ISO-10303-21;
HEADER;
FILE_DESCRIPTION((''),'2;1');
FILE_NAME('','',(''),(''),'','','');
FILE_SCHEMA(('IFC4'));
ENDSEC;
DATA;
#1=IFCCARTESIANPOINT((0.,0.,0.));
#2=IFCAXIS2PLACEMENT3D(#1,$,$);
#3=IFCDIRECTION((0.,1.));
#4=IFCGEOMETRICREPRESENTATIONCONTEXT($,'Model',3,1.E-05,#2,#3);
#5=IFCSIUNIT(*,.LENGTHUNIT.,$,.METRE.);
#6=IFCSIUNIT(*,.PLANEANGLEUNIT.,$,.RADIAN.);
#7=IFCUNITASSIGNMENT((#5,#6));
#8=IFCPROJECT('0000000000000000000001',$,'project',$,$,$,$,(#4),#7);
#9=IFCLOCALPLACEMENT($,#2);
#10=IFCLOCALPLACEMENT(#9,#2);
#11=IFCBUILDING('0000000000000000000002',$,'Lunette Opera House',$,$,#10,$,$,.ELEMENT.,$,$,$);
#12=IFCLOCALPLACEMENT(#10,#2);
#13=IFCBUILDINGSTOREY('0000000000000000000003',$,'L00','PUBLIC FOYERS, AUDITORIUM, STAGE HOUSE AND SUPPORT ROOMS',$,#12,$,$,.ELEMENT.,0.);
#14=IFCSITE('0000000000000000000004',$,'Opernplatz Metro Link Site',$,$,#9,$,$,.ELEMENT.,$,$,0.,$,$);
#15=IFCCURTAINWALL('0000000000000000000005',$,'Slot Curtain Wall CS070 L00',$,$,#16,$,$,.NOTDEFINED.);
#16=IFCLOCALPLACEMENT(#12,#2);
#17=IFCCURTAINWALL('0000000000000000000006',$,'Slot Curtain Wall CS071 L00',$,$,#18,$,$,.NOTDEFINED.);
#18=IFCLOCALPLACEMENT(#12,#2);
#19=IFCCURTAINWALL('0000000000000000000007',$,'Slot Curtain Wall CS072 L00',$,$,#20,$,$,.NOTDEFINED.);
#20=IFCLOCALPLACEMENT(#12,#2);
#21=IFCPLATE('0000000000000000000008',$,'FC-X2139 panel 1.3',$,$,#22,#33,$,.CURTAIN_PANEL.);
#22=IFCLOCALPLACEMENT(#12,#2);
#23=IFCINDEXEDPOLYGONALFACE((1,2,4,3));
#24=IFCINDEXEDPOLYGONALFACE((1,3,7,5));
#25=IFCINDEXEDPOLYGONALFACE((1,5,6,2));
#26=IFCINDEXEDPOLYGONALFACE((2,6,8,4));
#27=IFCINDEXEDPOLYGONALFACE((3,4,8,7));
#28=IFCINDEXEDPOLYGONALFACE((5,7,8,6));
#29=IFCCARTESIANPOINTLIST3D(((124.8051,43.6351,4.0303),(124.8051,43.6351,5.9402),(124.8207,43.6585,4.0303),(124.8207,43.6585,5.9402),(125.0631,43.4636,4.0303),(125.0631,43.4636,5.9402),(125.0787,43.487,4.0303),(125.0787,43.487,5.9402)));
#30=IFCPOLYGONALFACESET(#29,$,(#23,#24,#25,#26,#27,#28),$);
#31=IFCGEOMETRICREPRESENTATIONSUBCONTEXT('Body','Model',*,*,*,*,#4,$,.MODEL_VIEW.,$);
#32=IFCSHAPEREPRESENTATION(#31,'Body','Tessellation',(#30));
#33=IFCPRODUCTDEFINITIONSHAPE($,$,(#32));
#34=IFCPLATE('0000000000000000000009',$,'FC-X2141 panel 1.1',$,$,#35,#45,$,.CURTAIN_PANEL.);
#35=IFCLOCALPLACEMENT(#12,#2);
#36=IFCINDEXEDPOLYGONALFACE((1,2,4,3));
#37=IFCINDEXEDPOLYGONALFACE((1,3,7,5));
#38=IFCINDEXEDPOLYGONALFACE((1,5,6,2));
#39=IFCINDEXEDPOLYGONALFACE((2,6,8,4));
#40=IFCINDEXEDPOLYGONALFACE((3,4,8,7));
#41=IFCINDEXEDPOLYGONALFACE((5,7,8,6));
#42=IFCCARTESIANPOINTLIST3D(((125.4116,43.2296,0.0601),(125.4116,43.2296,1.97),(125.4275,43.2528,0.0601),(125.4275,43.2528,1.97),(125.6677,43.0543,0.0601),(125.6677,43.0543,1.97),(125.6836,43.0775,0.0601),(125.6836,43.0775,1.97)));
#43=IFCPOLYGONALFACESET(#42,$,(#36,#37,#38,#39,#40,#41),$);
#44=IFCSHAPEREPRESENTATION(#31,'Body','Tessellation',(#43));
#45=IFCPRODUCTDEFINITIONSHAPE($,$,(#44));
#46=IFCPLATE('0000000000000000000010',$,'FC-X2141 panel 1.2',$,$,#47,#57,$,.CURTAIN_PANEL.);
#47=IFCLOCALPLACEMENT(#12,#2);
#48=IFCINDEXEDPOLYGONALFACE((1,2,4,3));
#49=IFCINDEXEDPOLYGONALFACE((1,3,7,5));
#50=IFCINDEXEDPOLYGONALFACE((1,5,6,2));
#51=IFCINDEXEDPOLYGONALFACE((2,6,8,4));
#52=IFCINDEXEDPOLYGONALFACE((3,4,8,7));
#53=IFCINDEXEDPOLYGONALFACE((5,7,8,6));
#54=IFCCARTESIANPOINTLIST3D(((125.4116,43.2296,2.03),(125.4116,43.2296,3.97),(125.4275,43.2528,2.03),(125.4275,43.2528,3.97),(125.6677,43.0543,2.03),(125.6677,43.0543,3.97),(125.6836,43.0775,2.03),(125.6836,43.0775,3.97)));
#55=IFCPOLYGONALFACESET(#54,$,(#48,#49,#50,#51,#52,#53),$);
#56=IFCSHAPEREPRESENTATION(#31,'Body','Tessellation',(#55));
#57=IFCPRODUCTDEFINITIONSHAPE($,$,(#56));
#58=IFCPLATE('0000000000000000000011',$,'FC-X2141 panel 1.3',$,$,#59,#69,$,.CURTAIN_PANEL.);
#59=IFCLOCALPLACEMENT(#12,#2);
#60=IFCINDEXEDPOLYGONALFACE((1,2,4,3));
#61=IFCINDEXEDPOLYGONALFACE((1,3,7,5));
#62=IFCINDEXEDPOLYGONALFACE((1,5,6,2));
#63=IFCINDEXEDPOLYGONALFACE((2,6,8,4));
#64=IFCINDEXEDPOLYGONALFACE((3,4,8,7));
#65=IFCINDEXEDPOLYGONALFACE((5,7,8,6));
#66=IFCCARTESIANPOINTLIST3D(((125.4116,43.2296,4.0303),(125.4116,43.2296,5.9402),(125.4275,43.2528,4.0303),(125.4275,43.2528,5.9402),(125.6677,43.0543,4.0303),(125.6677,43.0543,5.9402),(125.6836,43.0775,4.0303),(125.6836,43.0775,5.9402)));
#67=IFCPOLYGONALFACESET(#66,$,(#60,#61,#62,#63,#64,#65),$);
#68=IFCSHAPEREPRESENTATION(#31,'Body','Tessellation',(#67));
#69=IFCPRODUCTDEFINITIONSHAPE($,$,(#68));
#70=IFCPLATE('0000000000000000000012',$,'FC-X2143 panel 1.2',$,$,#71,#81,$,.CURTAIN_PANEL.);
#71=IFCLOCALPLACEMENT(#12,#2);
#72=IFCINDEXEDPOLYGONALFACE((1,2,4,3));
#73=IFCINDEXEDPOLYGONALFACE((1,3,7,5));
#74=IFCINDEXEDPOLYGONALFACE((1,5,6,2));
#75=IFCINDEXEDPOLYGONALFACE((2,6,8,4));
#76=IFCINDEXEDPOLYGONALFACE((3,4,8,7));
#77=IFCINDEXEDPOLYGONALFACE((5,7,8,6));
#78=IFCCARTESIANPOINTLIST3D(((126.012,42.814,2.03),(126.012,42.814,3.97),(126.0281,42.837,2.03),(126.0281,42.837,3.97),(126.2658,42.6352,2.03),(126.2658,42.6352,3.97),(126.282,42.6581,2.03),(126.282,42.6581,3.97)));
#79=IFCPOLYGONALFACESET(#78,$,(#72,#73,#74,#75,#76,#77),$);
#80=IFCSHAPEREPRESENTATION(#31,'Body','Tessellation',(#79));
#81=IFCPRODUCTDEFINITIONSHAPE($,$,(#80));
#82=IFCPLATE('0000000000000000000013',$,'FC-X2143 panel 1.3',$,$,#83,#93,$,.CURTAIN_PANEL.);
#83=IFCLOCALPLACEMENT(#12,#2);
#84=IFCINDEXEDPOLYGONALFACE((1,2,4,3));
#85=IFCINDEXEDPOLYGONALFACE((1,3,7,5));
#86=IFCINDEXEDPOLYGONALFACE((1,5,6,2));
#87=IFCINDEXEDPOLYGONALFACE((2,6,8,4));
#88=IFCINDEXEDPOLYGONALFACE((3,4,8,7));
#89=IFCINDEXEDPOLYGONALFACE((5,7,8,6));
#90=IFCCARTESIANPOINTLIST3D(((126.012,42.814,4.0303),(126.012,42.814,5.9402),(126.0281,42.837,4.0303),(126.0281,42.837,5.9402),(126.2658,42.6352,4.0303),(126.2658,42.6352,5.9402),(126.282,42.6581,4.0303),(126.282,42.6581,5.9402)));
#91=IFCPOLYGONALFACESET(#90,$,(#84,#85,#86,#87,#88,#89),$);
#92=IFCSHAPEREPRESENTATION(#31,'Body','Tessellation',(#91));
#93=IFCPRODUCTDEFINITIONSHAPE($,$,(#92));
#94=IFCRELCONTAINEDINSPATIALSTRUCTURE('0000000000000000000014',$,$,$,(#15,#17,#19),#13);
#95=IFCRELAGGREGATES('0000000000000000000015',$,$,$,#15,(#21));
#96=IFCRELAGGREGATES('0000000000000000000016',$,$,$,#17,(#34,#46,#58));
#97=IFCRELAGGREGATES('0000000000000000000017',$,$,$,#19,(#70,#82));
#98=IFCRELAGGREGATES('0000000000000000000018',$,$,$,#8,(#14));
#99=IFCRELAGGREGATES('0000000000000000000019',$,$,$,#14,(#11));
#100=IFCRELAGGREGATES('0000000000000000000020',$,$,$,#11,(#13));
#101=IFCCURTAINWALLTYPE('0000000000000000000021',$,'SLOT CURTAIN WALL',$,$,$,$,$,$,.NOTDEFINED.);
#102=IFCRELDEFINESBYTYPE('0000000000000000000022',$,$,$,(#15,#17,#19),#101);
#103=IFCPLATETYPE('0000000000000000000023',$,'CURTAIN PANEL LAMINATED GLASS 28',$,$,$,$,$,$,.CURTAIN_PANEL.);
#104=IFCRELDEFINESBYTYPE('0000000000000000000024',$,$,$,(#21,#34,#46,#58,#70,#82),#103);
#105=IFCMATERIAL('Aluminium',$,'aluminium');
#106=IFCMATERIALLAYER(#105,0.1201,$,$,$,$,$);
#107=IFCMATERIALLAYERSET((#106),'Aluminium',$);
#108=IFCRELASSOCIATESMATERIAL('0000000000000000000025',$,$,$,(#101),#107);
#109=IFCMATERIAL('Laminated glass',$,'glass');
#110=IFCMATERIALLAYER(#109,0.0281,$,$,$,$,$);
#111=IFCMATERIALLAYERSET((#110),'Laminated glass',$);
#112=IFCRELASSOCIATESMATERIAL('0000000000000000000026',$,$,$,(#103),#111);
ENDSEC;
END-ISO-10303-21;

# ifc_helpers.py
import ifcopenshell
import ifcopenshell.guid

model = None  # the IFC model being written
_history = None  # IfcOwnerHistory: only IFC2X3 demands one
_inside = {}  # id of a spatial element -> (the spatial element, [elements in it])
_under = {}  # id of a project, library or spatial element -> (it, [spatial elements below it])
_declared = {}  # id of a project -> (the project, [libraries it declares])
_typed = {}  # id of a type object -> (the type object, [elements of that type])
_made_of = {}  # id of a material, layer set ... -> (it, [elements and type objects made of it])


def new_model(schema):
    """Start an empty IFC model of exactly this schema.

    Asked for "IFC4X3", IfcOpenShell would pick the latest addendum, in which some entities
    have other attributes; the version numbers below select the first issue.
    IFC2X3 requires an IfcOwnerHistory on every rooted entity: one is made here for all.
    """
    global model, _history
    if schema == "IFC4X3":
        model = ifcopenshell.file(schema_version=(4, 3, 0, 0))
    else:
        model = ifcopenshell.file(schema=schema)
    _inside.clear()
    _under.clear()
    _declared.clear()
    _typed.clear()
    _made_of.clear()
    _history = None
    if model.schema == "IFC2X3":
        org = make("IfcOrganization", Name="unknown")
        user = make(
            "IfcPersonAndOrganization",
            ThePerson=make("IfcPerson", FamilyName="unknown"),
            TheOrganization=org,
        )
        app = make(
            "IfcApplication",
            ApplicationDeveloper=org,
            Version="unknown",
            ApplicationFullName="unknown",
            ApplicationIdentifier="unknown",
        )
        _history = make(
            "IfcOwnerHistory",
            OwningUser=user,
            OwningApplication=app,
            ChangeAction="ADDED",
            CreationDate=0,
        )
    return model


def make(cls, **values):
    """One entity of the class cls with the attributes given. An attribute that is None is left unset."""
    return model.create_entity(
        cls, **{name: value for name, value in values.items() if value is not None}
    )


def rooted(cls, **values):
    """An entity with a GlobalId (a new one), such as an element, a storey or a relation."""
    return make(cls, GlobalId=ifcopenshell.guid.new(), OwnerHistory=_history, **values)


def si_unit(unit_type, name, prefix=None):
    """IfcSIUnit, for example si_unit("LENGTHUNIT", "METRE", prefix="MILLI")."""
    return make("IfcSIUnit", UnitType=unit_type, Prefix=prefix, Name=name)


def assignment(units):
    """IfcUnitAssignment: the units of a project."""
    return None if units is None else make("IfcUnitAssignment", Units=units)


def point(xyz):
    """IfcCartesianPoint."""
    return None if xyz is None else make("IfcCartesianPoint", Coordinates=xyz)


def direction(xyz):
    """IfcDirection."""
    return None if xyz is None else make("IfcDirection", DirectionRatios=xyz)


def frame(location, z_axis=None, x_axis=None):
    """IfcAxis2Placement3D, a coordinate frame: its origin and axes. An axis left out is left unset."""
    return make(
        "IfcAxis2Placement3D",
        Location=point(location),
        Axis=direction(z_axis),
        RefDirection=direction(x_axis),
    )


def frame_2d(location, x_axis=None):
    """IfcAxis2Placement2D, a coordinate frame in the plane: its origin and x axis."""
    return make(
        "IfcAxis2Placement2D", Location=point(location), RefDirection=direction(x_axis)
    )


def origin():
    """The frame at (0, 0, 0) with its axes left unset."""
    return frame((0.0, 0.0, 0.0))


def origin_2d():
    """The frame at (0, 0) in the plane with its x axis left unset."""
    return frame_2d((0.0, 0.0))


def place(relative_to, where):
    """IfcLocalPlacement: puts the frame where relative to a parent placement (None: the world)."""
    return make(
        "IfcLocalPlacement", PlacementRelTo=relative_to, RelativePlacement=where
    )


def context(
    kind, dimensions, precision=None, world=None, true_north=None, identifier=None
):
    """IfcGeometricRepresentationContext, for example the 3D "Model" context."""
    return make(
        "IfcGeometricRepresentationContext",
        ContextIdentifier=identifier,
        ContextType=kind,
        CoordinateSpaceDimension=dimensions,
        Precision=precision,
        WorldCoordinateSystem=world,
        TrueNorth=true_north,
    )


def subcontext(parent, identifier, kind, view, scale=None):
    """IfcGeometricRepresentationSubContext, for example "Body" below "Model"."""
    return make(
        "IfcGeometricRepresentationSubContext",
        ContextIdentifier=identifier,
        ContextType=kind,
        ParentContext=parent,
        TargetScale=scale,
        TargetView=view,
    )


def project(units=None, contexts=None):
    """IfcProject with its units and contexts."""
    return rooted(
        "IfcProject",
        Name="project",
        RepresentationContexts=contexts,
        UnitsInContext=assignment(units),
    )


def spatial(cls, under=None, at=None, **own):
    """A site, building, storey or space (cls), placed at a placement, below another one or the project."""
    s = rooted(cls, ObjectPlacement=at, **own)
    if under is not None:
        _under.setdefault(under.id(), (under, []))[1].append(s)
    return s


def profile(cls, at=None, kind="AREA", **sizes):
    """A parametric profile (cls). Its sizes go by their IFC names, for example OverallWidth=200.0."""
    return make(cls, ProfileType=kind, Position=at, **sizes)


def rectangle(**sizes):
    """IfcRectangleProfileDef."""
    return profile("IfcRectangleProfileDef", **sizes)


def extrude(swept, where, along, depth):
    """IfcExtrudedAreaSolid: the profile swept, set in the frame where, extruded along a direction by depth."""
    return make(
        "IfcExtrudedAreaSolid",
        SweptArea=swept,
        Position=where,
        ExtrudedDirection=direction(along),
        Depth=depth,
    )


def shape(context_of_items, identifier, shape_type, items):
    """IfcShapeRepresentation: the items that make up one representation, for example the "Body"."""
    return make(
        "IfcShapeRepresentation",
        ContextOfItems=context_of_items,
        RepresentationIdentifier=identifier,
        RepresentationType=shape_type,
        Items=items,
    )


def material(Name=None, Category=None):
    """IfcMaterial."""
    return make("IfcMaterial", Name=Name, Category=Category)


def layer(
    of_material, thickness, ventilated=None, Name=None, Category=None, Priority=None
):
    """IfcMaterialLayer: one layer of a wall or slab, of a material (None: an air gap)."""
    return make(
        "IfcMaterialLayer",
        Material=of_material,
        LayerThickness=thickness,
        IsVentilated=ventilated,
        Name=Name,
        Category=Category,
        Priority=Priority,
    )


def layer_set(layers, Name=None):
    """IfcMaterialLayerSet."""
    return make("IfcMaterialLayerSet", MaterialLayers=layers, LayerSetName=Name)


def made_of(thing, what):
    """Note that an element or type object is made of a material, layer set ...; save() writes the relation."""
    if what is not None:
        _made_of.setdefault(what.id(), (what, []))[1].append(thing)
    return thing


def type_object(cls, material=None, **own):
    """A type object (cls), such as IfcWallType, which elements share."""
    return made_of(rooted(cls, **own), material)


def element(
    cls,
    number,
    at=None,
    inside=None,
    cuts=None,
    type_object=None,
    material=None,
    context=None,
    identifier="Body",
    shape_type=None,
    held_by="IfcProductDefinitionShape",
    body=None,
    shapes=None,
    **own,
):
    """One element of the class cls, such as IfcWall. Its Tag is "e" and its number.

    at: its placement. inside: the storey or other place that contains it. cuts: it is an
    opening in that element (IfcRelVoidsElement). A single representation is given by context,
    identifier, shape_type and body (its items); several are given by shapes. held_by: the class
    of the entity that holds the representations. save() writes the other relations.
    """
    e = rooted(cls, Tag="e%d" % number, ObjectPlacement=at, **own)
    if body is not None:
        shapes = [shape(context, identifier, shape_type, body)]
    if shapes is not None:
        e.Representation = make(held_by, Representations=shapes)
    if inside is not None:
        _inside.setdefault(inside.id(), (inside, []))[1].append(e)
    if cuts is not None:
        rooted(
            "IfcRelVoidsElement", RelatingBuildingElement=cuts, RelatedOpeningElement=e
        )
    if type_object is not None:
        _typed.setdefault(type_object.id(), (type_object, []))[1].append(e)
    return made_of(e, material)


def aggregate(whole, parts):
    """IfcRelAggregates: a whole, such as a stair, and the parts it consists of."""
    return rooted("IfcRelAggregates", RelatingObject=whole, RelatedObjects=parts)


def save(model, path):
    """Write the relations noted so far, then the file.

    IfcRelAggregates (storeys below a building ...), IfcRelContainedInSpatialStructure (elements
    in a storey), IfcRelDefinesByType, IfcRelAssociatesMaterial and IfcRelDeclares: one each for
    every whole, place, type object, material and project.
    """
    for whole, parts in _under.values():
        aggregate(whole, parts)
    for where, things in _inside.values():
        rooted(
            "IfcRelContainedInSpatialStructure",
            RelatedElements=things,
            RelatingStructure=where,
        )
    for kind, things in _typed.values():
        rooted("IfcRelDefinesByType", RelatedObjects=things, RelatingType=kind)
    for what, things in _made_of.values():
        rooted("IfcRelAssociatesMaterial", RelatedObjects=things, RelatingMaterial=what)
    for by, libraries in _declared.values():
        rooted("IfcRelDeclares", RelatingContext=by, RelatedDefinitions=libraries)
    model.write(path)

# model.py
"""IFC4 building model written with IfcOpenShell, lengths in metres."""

from ifc_helpers import new_model, si_unit, direction, frame, origin, origin_2d, place, context, subcontext, project, spatial, rectangle, extrude, material, layer, layer_set, type_object, element, aggregate, save


model = new_model("IFC4")

# Units and contexts
model_context = context("Model", 3, precision=1e-05, world=origin(), true_north=direction((0.0, 1.0)))
body_context = subcontext(model_context, "Body", "Model", "MODEL_VIEW")
ifc_project = project(units=[si_unit("LENGTHUNIT", "METRE"), si_unit("PLANEANGLEUNIT", "RADIAN")], contexts=[model_context])

# Site, building, storey
site_placement = place(None, origin())
site = spatial("IfcSite", under=ifc_project, at=site_placement, Name="Opernplatz Metro Link Site", CompositionType="ELEMENT", RefElevation=0.0)
building_placement = place(site_placement, origin())
building = spatial("IfcBuilding", under=site, at=building_placement, Name="Lunette Opera House", CompositionType="ELEMENT")
storey_placement = place(building_placement, origin())
storey = spatial("IfcBuildingStorey", under=building, at=storey_placement, Name="L00", Description="PUBLIC FOYERS, AUDITORIUM, STAGE HOUSE AND SUPPORT ROOMS", CompositionType="ELEMENT", Elevation=0.0)

# Shared definitions
ifc_material_1 = material(Name="Aluminium", Category="aluminium")
ifc_layer_1 = layer(ifc_material_1, 0.1201)
ifc_layer_set_1 = layer_set([ifc_layer_1], Name="Aluminium")
curtain_wall_type = type_object("IfcCurtainWallType", Name="SLOT CURTAIN WALL", PredefinedType="NOTDEFINED", material=ifc_layer_set_1)

# Curtain walls
curtain_wall_1_placement = place(storey_placement, origin())
curtain_wall_1 = element("IfcCurtainWall", 1, at=curtain_wall_1_placement, inside=storey, type_object=curtain_wall_type, Name="Slot Curtain Wall CS070 L00", PredefinedType="NOTDEFINED")
curtain_wall_2_placement = place(storey_placement, origin())
curtain_wall_2 = element("IfcCurtainWall", 2, at=curtain_wall_2_placement, inside=storey, type_object=curtain_wall_type, Name="Slot Curtain Wall CS071 L00", PredefinedType="NOTDEFINED")

# Curtain wall
curtain_wall_3_placement = place(storey_placement, origin())
curtain_wall_3 = element("IfcCurtainWall", 3, at=curtain_wall_3_placement, inside=storey, type_object=curtain_wall_type, Name="Slot Curtain Wall CS072 L00", PredefinedType="NOTDEFINED")

# Plates
ifc_material_2 = material(Name="Laminated glass", Category="glass")
ifc_layer_2 = layer(ifc_material_2, 0.0281)
ifc_layer_set_2 = layer_set([ifc_layer_2], Name="Laminated glass")
plate_type = type_object("IfcPlateType", Name="CURTAIN PANEL LAMINATED GLASS 28", PredefinedType="CURTAIN_PANEL", material=ifc_layer_set_2)
plate_1_placement = place(storey_placement, frame((124.9419, 43.561, 4.0303), z_axis=(0.0, 0.0, 1.0), x_axis=(0.832765, -0.553626, 0.0)))
plate_1 = element("IfcPlate", 4, at=plate_1_placement, type_object=plate_type, Name="FC-X2139 panel 1.3", PredefinedType="CURTAIN_PANEL", context=body_context, shape_type="SweptSolid", body=[
    extrude(rectangle(XDim=0.3098, YDim=0.0281, at=origin_2d()), origin(), (0.0, 0.0, 1.0), 1.9099),
])
aggregate(curtain_wall_1, [plate_1])
plate_2_placement = place(storey_placement, frame((125.5476, 43.1536, 0.0601), z_axis=(0.0, 0.0, 1.0), x_axis=(0.825193, -0.564851, 0.0)))
plate_2 = element("IfcPlate", 5, at=plate_2_placement, type_object=plate_type, Name="FC-X2141 panel 1.1", PredefinedType="CURTAIN_PANEL", context=body_context, shape_type="SweptSolid", body=[
    extrude(rectangle(XDim=0.3103, YDim=0.0281, at=origin_2d()), origin(), (0.0, 0.0, 1.0), 1.9099),
])
plate_3_placement = place(storey_placement, frame((125.5476, 43.1536, 2.03), z_axis=(0.0, 0.0, 1.0), x_axis=(0.825193, -0.564851, 0.0)))
plate_3 = element("IfcPlate", 6, at=plate_3_placement, type_object=plate_type, Name="FC-X2141 panel 1.2", PredefinedType="CURTAIN_PANEL", context=body_context, shape_type="SweptSolid", body=[
    extrude(rectangle(XDim=0.3103, YDim=0.0281, at=origin_2d()), origin(), (0.0, 0.0, 1.0), 1.9399),
])
plate_4_placement = place(storey_placement, frame((125.5476, 43.1536, 4.0303), z_axis=(0.0, 0.0, 1.0), x_axis=(0.825193, -0.564851, 0.0)))
plate_4 = element("IfcPlate", 7, at=plate_4_placement, type_object=plate_type, Name="FC-X2141 panel 1.3", PredefinedType="CURTAIN_PANEL", context=body_context, shape_type="SweptSolid", body=[
    extrude(rectangle(XDim=0.3103, YDim=0.0281, at=origin_2d()), origin(), (0.0, 0.0, 1.0), 1.9099),
])
aggregate(curtain_wall_2, [plate_2, plate_3, plate_4])
plate_5_placement = place(storey_placement, frame((126.147, 42.7361, 2.03), z_axis=(0.0, 0.0, 1.0), x_axis=(0.817482, -0.575954, 0.0)))
plate_5 = element("IfcPlate", 8, at=plate_5_placement, type_object=plate_type, Name="FC-X2143 panel 1.2", PredefinedType="CURTAIN_PANEL", context=body_context, shape_type="SweptSolid", body=[
    extrude(rectangle(XDim=0.3105, YDim=0.0281, at=origin_2d()), origin(), (0.0, 0.0, 1.0), 1.9399),
])
plate_6_placement = place(storey_placement, frame((126.147, 42.7361, 4.0303), z_axis=(0.0, 0.0, 1.0), x_axis=(0.817482, -0.575954, 0.0)))
plate_6 = element("IfcPlate", 9, at=plate_6_placement, type_object=plate_type, Name="FC-X2143 panel 1.3", PredefinedType="CURTAIN_PANEL", context=body_context, shape_type="SweptSolid", body=[
    extrude(rectangle(XDim=0.3105, YDim=0.0281, at=origin_2d()), origin(), (0.0, 0.0, 1.0), 1.9099),
])
aggregate(curtain_wall_3, [plate_5, plate_6])

save(model, "model.ifc")
